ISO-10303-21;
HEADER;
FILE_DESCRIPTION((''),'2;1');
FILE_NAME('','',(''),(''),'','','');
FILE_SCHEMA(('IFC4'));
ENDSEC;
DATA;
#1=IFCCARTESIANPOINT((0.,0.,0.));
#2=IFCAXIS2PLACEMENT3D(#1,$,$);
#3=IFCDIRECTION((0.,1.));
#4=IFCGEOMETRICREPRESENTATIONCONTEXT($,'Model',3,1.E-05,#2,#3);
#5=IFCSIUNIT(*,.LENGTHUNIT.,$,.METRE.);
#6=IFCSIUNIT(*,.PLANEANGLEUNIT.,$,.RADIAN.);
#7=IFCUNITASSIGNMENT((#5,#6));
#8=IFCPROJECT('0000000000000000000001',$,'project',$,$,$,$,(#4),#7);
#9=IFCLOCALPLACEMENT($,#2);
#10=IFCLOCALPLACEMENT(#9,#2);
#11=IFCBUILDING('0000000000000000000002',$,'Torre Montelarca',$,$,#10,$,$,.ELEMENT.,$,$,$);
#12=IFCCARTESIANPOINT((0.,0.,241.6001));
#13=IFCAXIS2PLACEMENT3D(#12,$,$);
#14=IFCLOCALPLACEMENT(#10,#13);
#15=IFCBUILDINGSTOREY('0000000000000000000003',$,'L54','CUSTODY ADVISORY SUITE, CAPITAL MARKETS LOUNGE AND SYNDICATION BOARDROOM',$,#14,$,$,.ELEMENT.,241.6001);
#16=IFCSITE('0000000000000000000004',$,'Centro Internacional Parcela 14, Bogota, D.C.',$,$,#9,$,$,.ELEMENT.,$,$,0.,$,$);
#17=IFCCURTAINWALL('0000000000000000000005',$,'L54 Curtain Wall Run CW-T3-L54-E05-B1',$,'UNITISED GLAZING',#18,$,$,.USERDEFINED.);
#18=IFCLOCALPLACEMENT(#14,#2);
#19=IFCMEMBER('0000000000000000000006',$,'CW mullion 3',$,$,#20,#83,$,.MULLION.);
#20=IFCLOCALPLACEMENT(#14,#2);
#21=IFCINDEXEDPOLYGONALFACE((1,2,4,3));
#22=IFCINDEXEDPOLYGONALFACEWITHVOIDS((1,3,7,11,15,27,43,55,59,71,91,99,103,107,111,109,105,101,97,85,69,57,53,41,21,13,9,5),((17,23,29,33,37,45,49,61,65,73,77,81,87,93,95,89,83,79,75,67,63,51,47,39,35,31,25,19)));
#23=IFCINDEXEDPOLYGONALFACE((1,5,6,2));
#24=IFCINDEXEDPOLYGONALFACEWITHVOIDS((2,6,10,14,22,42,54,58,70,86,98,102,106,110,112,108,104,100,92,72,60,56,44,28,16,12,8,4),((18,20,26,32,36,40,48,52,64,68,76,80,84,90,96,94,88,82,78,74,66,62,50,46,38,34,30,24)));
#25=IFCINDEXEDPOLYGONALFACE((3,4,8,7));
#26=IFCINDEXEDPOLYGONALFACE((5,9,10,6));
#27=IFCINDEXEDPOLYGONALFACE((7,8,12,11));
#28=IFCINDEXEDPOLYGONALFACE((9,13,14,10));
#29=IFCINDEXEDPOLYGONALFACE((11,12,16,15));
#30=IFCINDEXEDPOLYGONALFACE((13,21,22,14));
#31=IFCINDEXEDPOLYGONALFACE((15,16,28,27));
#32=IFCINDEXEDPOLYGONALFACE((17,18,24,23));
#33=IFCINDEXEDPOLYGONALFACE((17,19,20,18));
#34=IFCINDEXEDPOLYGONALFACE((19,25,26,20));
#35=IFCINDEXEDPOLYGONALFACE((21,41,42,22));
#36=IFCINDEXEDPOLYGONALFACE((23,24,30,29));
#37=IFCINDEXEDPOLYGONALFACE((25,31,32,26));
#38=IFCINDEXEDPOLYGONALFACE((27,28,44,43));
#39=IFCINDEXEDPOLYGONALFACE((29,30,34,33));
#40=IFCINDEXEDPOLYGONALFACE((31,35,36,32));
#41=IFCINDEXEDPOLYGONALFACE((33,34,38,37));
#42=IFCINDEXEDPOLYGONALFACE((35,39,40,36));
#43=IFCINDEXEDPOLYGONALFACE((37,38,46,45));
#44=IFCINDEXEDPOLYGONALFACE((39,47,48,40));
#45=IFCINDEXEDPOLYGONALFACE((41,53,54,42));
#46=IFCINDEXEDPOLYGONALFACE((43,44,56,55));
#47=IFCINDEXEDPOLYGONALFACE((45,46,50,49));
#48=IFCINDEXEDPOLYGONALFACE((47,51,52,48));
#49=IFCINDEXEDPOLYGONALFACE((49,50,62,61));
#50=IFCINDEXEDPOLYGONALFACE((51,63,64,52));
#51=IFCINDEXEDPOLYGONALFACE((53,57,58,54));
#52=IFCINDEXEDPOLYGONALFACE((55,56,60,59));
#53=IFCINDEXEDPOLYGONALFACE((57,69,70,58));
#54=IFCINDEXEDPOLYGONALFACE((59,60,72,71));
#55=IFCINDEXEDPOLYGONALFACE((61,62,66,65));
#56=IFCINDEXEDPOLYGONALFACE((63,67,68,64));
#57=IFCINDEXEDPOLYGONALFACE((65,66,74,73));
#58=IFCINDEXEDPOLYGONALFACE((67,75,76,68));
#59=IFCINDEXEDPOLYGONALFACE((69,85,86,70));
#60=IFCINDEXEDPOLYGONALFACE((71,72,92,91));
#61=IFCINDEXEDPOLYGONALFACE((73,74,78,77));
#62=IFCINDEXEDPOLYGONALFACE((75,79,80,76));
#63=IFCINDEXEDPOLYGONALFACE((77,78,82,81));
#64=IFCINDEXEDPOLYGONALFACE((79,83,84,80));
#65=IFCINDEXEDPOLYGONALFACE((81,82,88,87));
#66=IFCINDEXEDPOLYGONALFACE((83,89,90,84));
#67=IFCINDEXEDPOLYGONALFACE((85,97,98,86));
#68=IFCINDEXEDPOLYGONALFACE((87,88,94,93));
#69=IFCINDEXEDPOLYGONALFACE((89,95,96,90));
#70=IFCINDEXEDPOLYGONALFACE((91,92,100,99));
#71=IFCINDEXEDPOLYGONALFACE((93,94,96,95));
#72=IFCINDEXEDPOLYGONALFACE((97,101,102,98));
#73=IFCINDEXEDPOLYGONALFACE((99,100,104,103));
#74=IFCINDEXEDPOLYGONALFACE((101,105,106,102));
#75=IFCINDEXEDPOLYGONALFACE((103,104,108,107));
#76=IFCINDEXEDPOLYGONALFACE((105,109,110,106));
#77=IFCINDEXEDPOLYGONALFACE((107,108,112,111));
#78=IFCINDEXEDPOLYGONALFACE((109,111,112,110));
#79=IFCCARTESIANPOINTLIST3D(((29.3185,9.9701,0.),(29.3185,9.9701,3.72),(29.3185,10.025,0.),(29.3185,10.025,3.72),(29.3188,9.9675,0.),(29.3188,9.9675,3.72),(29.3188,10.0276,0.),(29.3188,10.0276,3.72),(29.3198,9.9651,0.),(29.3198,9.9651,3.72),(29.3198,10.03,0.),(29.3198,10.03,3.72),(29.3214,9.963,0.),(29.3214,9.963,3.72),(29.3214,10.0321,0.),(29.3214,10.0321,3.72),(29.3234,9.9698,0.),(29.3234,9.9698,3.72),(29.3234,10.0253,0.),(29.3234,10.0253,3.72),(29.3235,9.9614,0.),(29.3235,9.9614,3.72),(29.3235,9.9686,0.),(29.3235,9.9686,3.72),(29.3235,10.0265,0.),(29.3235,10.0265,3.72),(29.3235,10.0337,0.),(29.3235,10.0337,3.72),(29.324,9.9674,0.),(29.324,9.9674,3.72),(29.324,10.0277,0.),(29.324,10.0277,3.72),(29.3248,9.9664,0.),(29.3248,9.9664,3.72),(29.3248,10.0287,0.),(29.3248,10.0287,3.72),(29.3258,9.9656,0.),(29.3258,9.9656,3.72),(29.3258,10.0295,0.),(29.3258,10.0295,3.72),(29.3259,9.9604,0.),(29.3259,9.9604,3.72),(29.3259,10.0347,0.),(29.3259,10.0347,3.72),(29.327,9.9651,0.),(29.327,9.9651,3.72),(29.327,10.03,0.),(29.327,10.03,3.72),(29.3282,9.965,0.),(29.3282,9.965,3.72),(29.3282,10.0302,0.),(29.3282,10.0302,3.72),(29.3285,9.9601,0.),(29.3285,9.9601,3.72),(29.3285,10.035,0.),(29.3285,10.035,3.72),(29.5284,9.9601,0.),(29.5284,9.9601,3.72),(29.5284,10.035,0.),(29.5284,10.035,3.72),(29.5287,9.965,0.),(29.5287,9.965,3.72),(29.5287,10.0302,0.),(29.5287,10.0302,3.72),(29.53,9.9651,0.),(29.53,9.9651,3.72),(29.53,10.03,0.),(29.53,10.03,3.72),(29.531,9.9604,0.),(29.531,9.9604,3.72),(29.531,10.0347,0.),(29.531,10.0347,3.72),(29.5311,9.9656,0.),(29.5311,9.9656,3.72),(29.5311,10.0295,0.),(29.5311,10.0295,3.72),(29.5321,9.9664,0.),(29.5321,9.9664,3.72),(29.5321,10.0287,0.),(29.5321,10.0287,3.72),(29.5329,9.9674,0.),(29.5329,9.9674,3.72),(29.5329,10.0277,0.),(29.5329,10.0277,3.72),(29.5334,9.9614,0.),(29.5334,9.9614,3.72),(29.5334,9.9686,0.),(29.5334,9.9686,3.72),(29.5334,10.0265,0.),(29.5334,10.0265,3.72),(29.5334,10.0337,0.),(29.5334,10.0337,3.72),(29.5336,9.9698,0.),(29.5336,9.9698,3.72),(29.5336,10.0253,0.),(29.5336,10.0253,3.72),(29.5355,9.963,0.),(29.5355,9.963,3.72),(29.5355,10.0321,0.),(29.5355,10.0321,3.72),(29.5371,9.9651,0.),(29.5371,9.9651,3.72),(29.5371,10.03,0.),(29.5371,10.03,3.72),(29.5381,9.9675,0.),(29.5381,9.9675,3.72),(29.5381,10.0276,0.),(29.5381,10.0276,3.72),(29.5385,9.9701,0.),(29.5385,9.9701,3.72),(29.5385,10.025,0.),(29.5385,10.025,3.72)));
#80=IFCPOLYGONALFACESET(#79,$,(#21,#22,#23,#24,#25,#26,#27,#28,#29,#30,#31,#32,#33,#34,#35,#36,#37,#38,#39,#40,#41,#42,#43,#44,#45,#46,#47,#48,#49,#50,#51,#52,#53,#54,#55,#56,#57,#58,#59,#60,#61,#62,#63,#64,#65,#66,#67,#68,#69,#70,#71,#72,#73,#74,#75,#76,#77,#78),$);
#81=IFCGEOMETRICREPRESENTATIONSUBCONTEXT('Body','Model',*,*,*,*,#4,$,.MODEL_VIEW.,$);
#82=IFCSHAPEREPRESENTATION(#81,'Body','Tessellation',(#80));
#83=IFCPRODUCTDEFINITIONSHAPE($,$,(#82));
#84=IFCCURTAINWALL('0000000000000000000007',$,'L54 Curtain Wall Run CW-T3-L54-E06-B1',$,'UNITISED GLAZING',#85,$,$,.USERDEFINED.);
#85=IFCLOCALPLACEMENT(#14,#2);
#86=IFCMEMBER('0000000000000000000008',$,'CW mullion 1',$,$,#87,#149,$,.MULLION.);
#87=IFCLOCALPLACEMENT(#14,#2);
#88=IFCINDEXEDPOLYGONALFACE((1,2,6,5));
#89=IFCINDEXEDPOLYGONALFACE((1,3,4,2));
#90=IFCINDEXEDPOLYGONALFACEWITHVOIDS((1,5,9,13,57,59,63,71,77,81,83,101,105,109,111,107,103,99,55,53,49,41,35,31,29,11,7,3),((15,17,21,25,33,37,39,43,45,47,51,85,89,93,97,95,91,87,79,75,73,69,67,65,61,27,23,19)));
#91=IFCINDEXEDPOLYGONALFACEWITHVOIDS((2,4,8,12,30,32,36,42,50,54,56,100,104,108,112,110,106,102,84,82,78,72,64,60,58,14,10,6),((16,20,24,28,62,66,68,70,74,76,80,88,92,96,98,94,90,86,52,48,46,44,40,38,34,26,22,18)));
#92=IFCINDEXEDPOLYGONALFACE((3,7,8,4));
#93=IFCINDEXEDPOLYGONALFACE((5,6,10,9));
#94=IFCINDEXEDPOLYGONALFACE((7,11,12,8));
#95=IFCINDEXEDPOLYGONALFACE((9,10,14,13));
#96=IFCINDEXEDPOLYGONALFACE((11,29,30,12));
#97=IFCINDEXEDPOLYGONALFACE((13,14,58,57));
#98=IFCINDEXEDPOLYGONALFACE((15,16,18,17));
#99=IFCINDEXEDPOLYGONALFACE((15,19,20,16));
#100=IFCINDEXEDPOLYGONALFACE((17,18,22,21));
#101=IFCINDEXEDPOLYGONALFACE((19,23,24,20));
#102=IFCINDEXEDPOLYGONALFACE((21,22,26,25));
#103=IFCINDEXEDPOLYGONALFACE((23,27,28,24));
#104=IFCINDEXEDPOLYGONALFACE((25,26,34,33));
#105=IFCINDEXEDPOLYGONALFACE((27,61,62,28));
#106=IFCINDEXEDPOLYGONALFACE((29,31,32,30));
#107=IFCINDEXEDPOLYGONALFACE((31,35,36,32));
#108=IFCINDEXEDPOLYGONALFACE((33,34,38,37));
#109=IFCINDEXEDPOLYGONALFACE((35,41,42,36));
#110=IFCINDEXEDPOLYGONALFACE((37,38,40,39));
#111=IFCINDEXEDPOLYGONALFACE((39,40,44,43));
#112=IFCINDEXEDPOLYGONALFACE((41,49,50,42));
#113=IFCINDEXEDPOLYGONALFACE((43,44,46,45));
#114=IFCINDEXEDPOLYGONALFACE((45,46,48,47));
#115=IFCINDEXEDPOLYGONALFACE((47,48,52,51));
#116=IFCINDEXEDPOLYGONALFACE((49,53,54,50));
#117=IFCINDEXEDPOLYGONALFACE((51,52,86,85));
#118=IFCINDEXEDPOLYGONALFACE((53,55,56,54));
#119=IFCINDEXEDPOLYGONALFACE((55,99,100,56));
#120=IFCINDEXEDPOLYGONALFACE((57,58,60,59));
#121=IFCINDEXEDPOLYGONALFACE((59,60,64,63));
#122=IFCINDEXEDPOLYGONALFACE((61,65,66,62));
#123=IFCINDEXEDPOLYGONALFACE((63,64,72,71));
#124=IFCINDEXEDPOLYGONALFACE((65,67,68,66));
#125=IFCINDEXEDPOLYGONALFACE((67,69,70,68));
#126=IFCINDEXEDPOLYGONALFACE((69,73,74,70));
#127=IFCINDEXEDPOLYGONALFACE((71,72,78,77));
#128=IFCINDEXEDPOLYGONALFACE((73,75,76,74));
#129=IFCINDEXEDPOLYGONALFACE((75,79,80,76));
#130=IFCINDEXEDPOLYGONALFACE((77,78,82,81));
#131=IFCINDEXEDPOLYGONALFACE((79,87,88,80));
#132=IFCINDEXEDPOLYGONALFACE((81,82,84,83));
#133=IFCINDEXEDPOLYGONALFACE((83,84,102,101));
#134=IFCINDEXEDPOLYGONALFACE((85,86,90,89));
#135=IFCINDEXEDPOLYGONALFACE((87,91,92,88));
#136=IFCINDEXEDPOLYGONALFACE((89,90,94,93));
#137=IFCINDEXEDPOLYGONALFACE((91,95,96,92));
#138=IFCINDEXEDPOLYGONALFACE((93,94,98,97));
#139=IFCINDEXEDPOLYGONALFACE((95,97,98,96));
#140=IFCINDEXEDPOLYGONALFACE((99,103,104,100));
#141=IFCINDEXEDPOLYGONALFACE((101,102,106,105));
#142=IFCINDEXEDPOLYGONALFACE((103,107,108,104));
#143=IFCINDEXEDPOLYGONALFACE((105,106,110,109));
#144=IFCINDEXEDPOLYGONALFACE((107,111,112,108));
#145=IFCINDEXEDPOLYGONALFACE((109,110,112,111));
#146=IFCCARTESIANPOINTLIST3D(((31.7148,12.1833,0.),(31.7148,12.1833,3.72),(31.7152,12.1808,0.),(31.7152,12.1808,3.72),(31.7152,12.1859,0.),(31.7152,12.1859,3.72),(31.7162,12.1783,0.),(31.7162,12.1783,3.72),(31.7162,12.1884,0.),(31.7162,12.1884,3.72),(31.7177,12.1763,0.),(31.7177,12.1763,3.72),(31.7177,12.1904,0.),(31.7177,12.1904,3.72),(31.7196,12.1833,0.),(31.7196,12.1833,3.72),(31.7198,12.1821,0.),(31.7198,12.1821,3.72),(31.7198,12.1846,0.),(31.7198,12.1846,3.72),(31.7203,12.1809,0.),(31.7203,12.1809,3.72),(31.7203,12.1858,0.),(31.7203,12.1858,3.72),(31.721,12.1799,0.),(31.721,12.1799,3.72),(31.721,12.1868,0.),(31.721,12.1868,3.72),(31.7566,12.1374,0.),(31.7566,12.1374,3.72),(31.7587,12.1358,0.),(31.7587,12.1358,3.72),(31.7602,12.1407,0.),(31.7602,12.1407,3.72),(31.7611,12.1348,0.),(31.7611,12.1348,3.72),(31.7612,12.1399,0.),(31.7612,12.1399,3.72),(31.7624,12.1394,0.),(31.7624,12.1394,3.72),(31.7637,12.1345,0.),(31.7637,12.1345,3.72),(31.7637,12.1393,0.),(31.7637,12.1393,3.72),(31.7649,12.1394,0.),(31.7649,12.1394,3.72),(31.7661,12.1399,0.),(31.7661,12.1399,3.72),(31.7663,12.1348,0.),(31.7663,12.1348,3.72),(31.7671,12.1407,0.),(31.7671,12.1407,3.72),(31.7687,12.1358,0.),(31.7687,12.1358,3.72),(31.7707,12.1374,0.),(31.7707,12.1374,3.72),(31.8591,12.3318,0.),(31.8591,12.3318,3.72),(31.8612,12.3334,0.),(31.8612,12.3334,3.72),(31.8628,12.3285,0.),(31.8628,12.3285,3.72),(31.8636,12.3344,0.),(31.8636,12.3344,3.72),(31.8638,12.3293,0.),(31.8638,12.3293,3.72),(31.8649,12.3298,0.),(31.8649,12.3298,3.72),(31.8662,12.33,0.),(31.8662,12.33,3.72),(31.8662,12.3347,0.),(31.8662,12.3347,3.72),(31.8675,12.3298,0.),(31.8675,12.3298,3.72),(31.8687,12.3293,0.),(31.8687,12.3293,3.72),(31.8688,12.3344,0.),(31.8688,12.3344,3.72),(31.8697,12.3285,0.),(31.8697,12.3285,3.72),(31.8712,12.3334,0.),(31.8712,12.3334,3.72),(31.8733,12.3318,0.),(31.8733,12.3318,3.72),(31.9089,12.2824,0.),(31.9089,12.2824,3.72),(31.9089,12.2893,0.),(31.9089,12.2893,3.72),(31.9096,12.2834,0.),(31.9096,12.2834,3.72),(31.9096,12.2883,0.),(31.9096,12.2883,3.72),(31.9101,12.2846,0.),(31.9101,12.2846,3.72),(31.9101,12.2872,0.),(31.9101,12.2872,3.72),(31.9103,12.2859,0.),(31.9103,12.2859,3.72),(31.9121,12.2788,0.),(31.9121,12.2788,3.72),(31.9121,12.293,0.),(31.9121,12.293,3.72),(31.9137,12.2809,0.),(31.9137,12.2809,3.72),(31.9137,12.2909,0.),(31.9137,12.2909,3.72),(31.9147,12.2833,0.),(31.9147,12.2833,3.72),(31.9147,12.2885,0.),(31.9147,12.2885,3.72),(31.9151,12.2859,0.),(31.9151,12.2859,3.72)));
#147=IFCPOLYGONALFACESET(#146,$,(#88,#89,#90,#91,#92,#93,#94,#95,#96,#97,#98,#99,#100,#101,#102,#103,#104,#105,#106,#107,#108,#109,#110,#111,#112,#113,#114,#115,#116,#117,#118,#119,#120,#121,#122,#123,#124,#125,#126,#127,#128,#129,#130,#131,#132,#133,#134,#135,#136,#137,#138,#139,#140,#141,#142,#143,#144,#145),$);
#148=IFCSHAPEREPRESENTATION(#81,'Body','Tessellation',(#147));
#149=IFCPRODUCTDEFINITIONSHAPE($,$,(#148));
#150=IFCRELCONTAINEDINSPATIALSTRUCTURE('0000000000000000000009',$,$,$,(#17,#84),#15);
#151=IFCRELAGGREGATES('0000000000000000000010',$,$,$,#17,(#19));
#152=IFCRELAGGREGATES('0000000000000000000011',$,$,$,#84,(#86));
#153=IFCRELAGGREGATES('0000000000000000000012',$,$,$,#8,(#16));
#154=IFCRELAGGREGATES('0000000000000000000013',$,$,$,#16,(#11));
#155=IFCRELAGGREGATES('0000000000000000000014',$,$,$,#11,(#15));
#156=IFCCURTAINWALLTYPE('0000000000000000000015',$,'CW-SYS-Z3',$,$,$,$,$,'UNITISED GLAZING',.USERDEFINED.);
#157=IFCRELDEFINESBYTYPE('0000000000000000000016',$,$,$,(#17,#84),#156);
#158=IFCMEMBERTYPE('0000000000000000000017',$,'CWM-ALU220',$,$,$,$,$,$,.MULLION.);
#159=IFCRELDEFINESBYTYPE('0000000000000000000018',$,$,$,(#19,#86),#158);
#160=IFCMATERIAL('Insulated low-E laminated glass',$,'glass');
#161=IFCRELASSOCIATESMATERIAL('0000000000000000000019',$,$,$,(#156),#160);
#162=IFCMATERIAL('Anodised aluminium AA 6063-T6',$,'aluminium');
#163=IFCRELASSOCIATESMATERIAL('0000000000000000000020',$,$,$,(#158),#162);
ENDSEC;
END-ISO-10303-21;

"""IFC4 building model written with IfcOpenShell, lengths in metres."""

from ifc_helpers import new_model, si_unit, direction, frame, origin, origin_2d, place, context, subcontext, project, spatial, hollow_rectangle, extrude, source, transform, mapped, material, material_profile, profile_set, type_object, element, aggregate, save


model = new_model("IFC4")

# Units and contexts
model_context = context("Model", 3, precision=1e-05, world=origin(), true_north=direction((0.0, 1.0)))
body_context = subcontext(model_context, "Body", "Model", "MODEL_VIEW")
ifc_project = project(units=[si_unit("LENGTHUNIT", "METRE"), si_unit("PLANEANGLEUNIT", "RADIAN")], contexts=[model_context])

# Site, building, storey
site_placement = place(None, origin())
site = spatial("IfcSite", under=ifc_project, at=site_placement, Name="Centro Internacional Parcela 14, Bogota, D.C.", CompositionType="ELEMENT", RefElevation=0.0)
building_placement = place(site_placement, origin())
building = spatial("IfcBuilding", under=site, at=building_placement, Name="Torre Montelarca", CompositionType="ELEMENT")
storey_placement = place(building_placement, frame((0.0, 0.0, 241.6001)))
storey = spatial("IfcBuildingStorey", under=building, at=storey_placement, Name="L54", Description="CUSTODY ADVISORY SUITE, CAPITAL MARKETS LOUNGE AND SYNDICATION BOARDROOM", CompositionType="ELEMENT", Elevation=241.6001)

# Shared definitions
ifc_material_1 = material(Name="Insulated low-E laminated glass", Category="glass")
curtain_wall_type = type_object("IfcCurtainWallType", Name="CW-SYS-Z3", ElementType="UNITISED GLAZING", PredefinedType="USERDEFINED", material=ifc_material_1)
ifc_material_2 = material(Name="Anodised aluminium AA 6063-T6", Category="aluminium")

# Curtain wall, member
curtain_wall_1_placement = place(storey_placement, origin())
curtain_wall_1 = element("IfcCurtainWall", 1, at=curtain_wall_1_placement, inside=storey, type_object=curtain_wall_type, Name="L54 Curtain Wall Run CW-T3-L54-E05-B1", ObjectType="UNITISED GLAZING", PredefinedType="USERDEFINED")
ifc_material_profile_1 = material_profile(ifc_material_2, hollow_rectangle(XDim=0.075, YDim=0.22, WallThickness=0.0049, InnerFilletRadius=0.0049, OuterFilletRadius=0.01, at=origin_2d()), Name="ALU75X220X5", Category="aluminium")
ifc_profile_set_1 = profile_set([ifc_material_profile_1], Name="Anodised aluminium AA 6063-T6")
member_type_1 = type_object("IfcMemberType", Name="CWM-ALU220", PredefinedType="MULLION", material=ifc_profile_set_1)
shared_shape_1 = source(origin(), body_context, "Body", "SweptSolid", [
    extrude(hollow_rectangle(XDim=0.075, YDim=0.22, WallThickness=0.0049, InnerFilletRadius=0.0049, OuterFilletRadius=0.01, at=origin_2d()), origin(), (0.0, 0.0, 1.0), 3.72),
])
member_1_placement = place(storey_placement, frame((29.4285, 9.9976, 0.0), z_axis=(0.0, 0.0, 1.0), x_axis=(0.0, 1.0, 0.0)))
member_1 = element("IfcMember", 2, at=member_1_placement, type_object=member_type_1, Name="CW mullion 3", PredefinedType="MULLION", context=body_context, shape_type="MappedRepresentation", body=[
    mapped(shared_shape_1, transform((0.0, 0.0, 0.0), scale=1.0)),
])
aggregate(curtain_wall_1, [member_1])

# Curtain wall, member
curtain_wall_2_placement = place(storey_placement, origin())
curtain_wall_2 = element("IfcCurtainWall", 3, at=curtain_wall_2_placement, inside=storey, type_object=curtain_wall_type, Name="L54 Curtain Wall Run CW-T3-L54-E06-B1", ObjectType="UNITISED GLAZING", PredefinedType="USERDEFINED")
member_2_placement = place(storey_placement, frame((31.8149, 12.2346, 0.0), z_axis=(0.0, 0.0, 1.0), x_axis=(-0.707107, 0.707107, 0.0)))
member_2 = element("IfcMember", 4, at=member_2_placement, type_object=member_type_1, Name="CW mullion 1", PredefinedType="MULLION", context=body_context, shape_type="MappedRepresentation", body=[
    mapped(shared_shape_1, transform((0.0, 0.0, 0.0), scale=1.0)),
])

aggregate(curtain_wall_2, [member_2])

save(model, "model.ifc")
